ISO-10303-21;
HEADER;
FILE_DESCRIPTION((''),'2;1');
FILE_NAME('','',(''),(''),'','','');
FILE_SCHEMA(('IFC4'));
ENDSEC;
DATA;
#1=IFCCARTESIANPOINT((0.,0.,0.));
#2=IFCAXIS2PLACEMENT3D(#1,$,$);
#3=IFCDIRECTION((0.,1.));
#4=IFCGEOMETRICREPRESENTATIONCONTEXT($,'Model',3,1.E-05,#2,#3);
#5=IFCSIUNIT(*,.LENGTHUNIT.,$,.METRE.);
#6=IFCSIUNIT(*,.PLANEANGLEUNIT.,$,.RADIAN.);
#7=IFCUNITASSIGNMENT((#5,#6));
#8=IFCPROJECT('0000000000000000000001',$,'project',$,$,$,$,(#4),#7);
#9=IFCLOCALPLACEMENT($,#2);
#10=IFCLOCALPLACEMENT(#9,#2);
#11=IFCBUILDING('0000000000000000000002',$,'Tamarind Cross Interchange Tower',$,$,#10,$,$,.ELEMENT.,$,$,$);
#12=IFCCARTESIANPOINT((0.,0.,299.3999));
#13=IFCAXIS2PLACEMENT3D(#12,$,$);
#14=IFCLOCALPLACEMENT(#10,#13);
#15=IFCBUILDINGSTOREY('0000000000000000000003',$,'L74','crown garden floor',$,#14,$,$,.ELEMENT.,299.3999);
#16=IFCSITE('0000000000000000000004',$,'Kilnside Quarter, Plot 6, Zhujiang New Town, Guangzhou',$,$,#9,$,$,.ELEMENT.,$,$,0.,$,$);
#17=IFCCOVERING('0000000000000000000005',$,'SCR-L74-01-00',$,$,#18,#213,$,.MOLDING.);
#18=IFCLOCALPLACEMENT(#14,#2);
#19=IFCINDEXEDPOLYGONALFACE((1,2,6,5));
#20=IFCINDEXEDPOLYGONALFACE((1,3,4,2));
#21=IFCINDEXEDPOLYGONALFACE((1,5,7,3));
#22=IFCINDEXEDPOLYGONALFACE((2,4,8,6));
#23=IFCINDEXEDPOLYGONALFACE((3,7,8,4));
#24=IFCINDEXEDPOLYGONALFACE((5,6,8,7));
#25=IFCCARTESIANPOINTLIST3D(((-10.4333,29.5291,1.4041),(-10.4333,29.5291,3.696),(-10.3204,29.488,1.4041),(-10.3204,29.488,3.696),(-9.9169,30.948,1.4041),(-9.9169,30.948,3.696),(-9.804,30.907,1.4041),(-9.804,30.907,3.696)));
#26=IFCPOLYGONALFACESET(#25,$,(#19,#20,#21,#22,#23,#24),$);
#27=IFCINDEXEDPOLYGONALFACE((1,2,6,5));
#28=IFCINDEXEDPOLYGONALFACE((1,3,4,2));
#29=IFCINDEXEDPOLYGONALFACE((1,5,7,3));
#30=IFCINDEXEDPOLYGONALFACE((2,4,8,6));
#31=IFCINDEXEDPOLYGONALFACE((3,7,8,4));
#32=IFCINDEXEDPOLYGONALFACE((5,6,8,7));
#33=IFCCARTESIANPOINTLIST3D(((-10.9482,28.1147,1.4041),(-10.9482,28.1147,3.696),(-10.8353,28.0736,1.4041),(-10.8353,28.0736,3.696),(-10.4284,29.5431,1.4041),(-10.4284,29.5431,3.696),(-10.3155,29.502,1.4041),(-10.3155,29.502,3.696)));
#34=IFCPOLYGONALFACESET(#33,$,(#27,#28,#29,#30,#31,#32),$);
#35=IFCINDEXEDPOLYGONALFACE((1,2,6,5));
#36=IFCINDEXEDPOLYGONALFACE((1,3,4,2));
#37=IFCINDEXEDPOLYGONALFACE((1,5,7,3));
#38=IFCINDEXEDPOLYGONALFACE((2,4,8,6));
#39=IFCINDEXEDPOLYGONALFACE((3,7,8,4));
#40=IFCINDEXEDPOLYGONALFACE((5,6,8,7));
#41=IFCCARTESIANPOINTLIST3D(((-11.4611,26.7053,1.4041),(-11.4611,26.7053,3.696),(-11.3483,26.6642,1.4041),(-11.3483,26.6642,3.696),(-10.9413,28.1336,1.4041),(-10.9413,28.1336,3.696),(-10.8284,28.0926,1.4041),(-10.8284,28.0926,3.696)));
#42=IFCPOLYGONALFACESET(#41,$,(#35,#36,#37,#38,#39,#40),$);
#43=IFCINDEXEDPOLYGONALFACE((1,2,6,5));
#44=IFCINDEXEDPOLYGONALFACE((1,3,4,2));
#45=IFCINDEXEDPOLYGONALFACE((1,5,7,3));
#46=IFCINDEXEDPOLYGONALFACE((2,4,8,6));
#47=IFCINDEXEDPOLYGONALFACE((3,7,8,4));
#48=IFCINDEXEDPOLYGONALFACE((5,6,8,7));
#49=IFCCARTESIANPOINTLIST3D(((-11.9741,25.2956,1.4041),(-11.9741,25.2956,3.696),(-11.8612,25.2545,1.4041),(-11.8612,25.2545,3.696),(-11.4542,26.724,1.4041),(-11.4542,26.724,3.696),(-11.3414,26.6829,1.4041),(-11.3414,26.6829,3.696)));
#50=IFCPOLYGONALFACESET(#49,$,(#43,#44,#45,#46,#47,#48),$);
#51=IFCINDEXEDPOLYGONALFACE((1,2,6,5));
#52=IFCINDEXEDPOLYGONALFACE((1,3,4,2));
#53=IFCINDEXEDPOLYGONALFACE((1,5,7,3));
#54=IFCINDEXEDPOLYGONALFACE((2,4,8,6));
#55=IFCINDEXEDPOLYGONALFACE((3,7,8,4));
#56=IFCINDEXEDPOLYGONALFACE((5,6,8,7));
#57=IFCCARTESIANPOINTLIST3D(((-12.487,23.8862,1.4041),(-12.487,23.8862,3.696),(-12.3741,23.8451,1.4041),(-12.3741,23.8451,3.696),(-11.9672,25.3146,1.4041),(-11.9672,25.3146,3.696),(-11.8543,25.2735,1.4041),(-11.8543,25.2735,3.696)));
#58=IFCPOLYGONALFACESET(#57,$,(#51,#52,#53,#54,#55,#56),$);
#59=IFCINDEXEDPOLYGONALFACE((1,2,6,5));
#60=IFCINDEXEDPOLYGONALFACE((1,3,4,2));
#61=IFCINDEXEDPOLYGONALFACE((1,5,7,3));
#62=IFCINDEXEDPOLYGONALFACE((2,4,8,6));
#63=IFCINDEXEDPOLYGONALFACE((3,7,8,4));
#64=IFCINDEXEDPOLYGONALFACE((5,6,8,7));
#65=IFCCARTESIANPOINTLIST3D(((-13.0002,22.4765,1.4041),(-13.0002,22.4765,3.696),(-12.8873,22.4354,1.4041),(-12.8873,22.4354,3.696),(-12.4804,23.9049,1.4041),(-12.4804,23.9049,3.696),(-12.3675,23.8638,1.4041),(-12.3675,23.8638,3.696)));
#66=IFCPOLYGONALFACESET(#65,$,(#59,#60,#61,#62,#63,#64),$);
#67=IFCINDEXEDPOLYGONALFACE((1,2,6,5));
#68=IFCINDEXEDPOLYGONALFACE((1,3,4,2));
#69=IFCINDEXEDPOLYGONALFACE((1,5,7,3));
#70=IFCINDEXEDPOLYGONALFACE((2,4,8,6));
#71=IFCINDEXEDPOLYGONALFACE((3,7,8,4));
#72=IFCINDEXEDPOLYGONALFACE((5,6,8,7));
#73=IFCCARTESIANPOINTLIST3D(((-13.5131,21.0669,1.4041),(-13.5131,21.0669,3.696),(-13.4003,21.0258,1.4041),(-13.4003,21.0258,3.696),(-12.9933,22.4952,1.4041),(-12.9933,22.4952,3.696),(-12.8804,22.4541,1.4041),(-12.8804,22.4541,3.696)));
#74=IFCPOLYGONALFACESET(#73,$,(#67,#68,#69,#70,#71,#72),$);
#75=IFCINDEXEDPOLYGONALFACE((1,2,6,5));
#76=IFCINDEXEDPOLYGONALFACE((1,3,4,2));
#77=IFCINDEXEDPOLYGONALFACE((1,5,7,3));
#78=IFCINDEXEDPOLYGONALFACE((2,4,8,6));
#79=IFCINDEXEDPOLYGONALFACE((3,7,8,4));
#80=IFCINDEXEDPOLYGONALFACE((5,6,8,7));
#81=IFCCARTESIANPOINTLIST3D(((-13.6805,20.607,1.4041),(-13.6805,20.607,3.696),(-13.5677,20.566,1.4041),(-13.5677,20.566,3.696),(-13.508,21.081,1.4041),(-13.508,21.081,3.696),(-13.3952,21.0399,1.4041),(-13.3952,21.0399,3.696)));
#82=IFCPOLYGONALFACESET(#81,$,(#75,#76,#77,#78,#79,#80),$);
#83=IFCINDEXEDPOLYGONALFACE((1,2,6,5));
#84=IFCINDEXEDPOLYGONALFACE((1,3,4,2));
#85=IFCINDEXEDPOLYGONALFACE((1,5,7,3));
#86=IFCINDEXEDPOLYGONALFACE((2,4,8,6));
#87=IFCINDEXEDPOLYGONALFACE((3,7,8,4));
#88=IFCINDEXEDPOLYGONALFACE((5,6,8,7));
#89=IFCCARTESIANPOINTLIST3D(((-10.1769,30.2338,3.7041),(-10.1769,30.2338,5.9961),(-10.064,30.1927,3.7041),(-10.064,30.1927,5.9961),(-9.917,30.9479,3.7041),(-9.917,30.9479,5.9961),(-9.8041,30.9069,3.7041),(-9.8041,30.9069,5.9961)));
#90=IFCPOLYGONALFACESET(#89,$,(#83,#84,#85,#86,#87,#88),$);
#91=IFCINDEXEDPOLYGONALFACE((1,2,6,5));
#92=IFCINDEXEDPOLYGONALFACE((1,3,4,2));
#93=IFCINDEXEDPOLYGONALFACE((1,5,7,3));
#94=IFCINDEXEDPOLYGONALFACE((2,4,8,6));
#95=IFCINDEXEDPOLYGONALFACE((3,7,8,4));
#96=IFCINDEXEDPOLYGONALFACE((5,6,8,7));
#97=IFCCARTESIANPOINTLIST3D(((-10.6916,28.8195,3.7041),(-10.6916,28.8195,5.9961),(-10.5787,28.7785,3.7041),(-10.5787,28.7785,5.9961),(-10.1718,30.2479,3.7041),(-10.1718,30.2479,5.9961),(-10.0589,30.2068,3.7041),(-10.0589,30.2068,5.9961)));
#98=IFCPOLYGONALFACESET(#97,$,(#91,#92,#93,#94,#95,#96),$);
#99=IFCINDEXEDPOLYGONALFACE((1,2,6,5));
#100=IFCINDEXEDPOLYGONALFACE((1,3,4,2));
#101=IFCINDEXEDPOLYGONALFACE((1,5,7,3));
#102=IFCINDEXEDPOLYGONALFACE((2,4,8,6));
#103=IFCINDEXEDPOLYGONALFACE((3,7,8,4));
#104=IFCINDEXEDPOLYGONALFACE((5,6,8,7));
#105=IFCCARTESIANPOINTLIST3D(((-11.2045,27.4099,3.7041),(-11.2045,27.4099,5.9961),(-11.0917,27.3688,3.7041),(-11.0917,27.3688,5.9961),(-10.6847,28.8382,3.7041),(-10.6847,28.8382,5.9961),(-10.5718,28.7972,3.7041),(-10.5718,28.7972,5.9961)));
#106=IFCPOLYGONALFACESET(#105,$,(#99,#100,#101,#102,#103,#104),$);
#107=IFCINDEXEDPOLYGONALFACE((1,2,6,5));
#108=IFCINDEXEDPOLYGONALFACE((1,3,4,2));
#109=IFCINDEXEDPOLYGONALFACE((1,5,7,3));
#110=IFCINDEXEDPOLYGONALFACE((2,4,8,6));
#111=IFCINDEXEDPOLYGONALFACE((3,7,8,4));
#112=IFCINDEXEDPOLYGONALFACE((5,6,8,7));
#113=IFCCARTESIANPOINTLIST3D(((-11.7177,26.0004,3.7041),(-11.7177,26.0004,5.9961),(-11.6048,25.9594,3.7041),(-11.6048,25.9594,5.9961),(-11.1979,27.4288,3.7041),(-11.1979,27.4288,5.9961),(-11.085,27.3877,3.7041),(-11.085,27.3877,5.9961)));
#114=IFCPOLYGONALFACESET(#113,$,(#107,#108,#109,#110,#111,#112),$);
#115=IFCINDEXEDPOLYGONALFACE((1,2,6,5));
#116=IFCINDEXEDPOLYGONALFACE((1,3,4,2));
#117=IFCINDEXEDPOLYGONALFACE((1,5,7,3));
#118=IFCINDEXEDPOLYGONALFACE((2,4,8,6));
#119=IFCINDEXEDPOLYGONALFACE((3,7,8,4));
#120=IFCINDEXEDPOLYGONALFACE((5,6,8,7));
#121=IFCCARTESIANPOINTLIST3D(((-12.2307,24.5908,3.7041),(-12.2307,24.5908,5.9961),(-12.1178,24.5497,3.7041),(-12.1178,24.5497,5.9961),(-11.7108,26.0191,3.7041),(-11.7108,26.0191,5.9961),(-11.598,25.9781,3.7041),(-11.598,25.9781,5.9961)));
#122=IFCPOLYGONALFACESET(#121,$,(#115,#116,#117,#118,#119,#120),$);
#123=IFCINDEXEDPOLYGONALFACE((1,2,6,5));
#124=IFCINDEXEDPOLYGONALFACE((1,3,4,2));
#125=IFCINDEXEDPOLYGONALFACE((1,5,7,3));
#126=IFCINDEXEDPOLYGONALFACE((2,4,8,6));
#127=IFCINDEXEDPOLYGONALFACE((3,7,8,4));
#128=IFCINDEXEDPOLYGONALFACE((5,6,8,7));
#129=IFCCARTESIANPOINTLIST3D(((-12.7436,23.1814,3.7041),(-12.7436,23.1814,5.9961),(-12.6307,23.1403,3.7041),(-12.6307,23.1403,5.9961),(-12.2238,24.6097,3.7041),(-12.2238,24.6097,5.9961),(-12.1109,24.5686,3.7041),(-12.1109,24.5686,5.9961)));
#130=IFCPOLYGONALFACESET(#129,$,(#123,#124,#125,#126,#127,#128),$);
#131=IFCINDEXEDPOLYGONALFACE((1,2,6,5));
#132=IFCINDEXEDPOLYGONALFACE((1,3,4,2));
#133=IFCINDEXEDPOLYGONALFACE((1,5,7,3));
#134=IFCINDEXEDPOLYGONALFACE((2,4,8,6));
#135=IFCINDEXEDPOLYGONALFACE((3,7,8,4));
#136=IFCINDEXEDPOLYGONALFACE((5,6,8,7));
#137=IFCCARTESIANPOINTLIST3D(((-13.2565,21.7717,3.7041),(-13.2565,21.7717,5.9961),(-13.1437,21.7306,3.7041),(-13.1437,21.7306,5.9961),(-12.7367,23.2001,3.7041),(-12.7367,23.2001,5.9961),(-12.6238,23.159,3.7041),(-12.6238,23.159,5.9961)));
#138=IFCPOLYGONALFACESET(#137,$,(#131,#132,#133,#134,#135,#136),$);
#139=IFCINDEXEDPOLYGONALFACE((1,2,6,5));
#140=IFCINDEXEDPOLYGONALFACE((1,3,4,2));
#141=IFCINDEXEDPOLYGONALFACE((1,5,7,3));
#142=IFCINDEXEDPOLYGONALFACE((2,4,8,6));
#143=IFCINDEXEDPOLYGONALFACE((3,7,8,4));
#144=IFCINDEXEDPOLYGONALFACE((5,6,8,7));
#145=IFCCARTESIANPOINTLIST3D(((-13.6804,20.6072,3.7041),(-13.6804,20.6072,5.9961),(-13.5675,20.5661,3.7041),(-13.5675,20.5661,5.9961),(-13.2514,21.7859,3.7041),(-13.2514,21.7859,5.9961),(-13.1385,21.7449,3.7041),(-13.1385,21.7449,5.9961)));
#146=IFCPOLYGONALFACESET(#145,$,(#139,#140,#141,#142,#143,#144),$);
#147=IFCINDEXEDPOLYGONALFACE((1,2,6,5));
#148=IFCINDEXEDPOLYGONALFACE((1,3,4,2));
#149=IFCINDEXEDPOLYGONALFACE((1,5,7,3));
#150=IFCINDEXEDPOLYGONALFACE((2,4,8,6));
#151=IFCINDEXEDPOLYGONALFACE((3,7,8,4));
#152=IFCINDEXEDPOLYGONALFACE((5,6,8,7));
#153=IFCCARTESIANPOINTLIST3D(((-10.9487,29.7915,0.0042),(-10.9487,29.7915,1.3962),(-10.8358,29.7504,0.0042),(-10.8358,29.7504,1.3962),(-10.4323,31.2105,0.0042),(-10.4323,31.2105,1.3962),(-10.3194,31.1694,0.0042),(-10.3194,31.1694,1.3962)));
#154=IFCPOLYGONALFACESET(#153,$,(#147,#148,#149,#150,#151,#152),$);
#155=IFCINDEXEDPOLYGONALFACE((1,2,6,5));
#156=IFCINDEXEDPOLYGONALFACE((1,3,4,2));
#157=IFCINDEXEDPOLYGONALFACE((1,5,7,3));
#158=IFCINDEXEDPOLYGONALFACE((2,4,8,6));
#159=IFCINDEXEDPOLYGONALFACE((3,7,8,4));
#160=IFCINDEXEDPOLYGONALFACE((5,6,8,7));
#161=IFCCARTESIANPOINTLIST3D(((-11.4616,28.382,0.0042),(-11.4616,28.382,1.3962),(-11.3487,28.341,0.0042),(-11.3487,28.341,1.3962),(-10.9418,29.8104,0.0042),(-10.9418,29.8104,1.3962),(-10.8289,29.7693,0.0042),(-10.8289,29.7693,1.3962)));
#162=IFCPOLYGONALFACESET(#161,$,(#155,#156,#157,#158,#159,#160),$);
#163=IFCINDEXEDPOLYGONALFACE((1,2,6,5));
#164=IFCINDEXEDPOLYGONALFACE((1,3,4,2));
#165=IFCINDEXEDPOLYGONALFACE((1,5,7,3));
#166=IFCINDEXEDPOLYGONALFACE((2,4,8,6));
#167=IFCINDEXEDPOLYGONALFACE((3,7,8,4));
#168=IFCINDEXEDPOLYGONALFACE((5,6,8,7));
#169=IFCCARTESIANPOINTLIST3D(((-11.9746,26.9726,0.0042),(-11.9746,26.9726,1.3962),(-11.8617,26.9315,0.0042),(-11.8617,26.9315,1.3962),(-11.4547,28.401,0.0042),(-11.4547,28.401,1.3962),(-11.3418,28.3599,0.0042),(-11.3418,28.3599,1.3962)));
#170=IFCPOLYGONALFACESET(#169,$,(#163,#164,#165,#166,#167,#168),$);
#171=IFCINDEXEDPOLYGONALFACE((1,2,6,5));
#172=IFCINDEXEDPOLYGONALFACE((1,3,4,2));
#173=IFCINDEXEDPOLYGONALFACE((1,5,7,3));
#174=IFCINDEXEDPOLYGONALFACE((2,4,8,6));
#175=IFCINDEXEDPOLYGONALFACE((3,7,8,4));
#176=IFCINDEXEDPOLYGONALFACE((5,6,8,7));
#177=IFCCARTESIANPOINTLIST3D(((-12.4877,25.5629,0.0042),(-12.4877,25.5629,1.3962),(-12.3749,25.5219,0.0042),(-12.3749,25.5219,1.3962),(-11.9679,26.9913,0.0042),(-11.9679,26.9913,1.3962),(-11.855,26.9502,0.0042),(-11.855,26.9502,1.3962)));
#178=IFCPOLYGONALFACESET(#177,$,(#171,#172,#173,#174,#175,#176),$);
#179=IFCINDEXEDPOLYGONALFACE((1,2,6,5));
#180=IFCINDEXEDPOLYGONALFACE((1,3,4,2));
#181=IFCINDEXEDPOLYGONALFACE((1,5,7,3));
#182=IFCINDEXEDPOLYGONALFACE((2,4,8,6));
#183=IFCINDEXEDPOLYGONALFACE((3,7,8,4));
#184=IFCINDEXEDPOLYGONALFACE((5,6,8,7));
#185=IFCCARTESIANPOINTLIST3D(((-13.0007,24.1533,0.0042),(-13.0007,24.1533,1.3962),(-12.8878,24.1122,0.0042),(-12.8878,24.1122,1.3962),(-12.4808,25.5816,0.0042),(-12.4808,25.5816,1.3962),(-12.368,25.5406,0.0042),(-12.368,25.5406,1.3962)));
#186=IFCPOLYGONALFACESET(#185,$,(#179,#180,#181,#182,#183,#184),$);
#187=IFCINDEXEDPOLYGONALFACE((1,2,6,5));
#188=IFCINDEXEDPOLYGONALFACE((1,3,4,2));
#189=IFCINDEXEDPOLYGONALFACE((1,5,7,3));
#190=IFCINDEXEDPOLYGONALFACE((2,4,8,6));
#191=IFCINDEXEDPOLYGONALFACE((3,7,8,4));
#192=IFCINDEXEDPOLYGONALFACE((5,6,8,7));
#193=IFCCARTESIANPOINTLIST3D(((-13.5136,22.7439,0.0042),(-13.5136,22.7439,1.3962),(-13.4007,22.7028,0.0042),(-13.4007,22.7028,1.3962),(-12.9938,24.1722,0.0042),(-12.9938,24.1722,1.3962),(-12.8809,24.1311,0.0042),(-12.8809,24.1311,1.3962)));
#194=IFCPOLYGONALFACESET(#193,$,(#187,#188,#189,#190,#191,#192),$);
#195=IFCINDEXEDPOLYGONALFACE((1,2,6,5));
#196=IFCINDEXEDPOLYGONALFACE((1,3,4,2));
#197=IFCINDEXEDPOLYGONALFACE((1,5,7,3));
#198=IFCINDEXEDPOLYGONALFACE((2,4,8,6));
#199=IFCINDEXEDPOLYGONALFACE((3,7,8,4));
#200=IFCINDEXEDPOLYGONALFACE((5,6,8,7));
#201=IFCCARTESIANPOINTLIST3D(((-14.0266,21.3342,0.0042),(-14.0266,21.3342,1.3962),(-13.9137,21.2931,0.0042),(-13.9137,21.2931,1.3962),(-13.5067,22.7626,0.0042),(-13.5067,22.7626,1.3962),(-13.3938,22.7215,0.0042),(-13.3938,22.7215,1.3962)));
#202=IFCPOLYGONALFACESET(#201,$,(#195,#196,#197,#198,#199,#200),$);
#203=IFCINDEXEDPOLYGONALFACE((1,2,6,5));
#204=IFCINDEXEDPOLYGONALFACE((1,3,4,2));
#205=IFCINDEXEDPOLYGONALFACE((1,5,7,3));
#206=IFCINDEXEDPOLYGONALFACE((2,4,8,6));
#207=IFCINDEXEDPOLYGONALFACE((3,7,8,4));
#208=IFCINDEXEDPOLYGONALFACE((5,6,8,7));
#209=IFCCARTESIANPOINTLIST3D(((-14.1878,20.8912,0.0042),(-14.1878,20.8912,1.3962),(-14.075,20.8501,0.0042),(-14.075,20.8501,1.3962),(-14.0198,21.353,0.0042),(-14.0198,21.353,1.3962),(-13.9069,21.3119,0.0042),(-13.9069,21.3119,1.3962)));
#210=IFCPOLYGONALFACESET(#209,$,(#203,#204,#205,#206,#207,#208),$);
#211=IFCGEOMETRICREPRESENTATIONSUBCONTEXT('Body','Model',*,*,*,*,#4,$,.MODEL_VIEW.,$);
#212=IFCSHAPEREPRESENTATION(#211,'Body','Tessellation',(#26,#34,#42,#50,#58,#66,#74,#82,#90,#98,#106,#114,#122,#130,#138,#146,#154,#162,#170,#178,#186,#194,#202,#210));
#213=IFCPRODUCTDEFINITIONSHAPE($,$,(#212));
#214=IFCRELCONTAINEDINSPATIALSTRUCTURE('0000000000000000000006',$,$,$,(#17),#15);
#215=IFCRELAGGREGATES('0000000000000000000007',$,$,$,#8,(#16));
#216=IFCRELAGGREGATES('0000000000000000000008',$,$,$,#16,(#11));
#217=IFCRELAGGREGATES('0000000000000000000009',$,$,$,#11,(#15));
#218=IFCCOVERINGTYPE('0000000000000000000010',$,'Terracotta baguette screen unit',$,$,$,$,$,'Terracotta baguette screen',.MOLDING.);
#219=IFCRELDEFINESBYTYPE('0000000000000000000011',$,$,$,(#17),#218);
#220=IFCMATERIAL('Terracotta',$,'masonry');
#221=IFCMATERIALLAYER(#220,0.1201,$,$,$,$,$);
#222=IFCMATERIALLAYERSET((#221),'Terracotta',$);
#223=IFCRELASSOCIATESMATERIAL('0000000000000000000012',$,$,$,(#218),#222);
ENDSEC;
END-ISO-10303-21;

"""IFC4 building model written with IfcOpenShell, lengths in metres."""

from ifc_helpers import new_model, si_unit, direction, frame, origin, origin_2d, place, context, subcontext, project, spatial, rectangle, extrude, material, layer, layer_set, type_object, element, save


model = new_model("IFC4")

# Units and contexts
model_context = context("Model", 3, precision=1e-05, world=origin(), true_north=direction((0.0, 1.0)))
body_context = subcontext(model_context, "Body", "Model", "MODEL_VIEW")
ifc_project = project(units=[si_unit("LENGTHUNIT", "METRE"), si_unit("PLANEANGLEUNIT", "RADIAN")], contexts=[model_context])

# Site, building, storey
site_placement = place(None, origin())
site = spatial("IfcSite", under=ifc_project, at=site_placement, Name="Kilnside Quarter, Plot 6, Zhujiang New Town, Guangzhou", CompositionType="ELEMENT", RefElevation=0.0)
building_placement = place(site_placement, origin())
building = spatial("IfcBuilding", under=site, at=building_placement, Name="Tamarind Cross Interchange Tower", CompositionType="ELEMENT")
storey_placement = place(building_placement, frame((0.0, 0.0, 299.3999)))
storey = spatial("IfcBuildingStorey", under=building, at=storey_placement, Name="L74", Description="crown garden floor", CompositionType="ELEMENT", Elevation=299.3999)

# Covering
ifc_material_1 = material(Name="Terracotta", Category="masonry")
ifc_layer_1 = layer(ifc_material_1, 0.1201)
ifc_layer_set_1 = layer_set([ifc_layer_1], Name="Terracotta")
covering_type = type_object("IfcCoveringType", Name="Terracotta baguette screen unit", ElementType="Terracotta baguette screen", PredefinedType="MOLDING", material=ifc_layer_set_1)
covering_1_placement = place(storey_placement, origin())
element("IfcCovering", 1, at=covering_1_placement, inside=storey, type_object=covering_type, Name="SCR-L74-01-00", PredefinedType="MOLDING", context=body_context, shape_type="SweptSolid", body=[
    extrude(rectangle(XDim=1.51, YDim=0.1201, at=origin_2d()), frame((-10.1187, 30.218, 1.4041), z_axis=(0.0, 0.0, 1.0), x_axis=(-0.341994, -0.939702, 0.0)), (0.0, 0.0, 1.0), 2.292),
    extrude(rectangle(XDim=1.52, YDim=0.1201, at=origin_2d()), frame((-10.6318, 28.8083, 1.4041), z_axis=(0.0, 0.0, 1.0), x_axis=(-0.341994, -0.939702, 0.0)), (0.0, 0.0, 1.0), 2.292),
    extrude(rectangle(XDim=1.52, YDim=0.1201, at=origin_2d()), frame((-11.1448, 27.3989, 1.4041), z_axis=(0.0, 0.0, 1.0), x_axis=(-0.341994, -0.939702, 0.0)), (0.0, 0.0, 1.0), 2.292),
    extrude(rectangle(XDim=1.52, YDim=0.1201, at=origin_2d()), frame((-11.6577, 25.9893, 1.4041), z_axis=(0.0, 0.0, 1.0), x_axis=(-0.341994, -0.939702, 0.0)), (0.0, 0.0, 1.0), 2.292),
    extrude(rectangle(XDim=1.52, YDim=0.1201, at=origin_2d()), frame((-12.1707, 24.5798, 1.4041), z_axis=(0.0, 0.0, 1.0), x_axis=(-0.341994, -0.939702, 0.0)), (0.0, 0.0, 1.0), 2.292),
    extrude(rectangle(XDim=1.52, YDim=0.1201, at=origin_2d()), frame((-12.6838, 23.1702, 1.4041), z_axis=(0.0, 0.0, 1.0), x_axis=(-0.341994, -0.939702, 0.0)), (0.0, 0.0, 1.0), 2.292),
    extrude(rectangle(XDim=1.52, YDim=0.1201, at=origin_2d()), frame((-13.1968, 21.7605, 1.4041), z_axis=(0.0, 0.0, 1.0), x_axis=(-0.341994, -0.939702, 0.0)), (0.0, 0.0, 1.0), 2.292),
    extrude(rectangle(XDim=0.5044, YDim=0.1201, at=origin_2d()), frame((-13.5378, 20.8235, 1.4041), z_axis=(0.0, 0.0, 1.0), x_axis=(-0.341994, -0.939702, 0.0)), (0.0, 0.0, 1.0), 2.292),
    extrude(rectangle(XDim=0.76, YDim=0.1201, at=origin_2d()), frame((-9.9905, 30.5703, 3.7041), z_axis=(0.0, 0.0, 1.0), x_axis=(-0.341994, -0.939702, 0.0)), (0.0, 0.0, 1.0), 2.292),
    extrude(rectangle(XDim=1.52, YDim=0.1201, at=origin_2d()), frame((-10.3752, 29.5132, 3.7041), z_axis=(0.0, 0.0, 1.0), x_axis=(-0.341994, -0.939702, 0.0)), (0.0, 0.0, 1.0), 2.292),
    extrude(rectangle(XDim=1.52, YDim=0.1201, at=origin_2d()), frame((-10.8882, 28.1035, 3.7041), z_axis=(0.0, 0.0, 1.0), x_axis=(-0.341994, -0.939702, 0.0)), (0.0, 0.0, 1.0), 2.292),
    extrude(rectangle(XDim=1.52, YDim=0.1201, at=origin_2d()), frame((-11.4014, 26.6941, 3.7041), z_axis=(0.0, 0.0, 1.0), x_axis=(-0.341994, -0.939702, 0.0)), (0.0, 0.0, 1.0), 2.292),
    extrude(rectangle(XDim=1.52, YDim=0.1201, at=origin_2d()), frame((-11.9143, 25.2844, 3.7041), z_axis=(0.0, 0.0, 1.0), x_axis=(-0.341994, -0.939702, 0.0)), (0.0, 0.0, 1.0), 2.292),
    extrude(rectangle(XDim=1.52, YDim=0.1201, at=origin_2d()), frame((-12.4272, 23.875, 3.7041), z_axis=(0.0, 0.0, 1.0), x_axis=(-0.341994, -0.939702, 0.0)), (0.0, 0.0, 1.0), 2.292),
    extrude(rectangle(XDim=1.52, YDim=0.1201, at=origin_2d()), frame((-12.9402, 22.4653, 3.7041), z_axis=(0.0, 0.0, 1.0), x_axis=(-0.341994, -0.939702, 0.0)), (0.0, 0.0, 1.0), 2.292),
    extrude(rectangle(XDim=1.2544, YDim=0.1201, at=origin_2d()), frame((-13.4094, 21.176, 3.7041), z_axis=(0.0, 0.0, 1.0), x_axis=(-0.341994, -0.939702, 0.0)), (0.0, 0.0, 1.0), 2.292),
    extrude(rectangle(XDim=1.51, YDim=0.1201, at=origin_2d()), frame((-10.634, 30.4805, 0.0042), z_axis=(0.0, 0.0, 1.0), x_axis=(-0.341994, -0.939702, 0.0)), (0.0, 0.0, 1.0), 1.3921),
    extrude(rectangle(XDim=1.52, YDim=0.1201, at=origin_2d()), frame((-11.1453, 29.0757, 0.0042), z_axis=(0.0, 0.0, 1.0), x_axis=(-0.341994, -0.939702, 0.0)), (0.0, 0.0, 1.0), 1.3921),
    extrude(rectangle(XDim=1.52, YDim=0.1201, at=origin_2d()), frame((-11.6582, 27.6663, 0.0042), z_axis=(0.0, 0.0, 1.0), x_axis=(-0.341994, -0.939702, 0.0)), (0.0, 0.0, 1.0), 1.3921),
    extrude(rectangle(XDim=1.52, YDim=0.1201, at=origin_2d()), frame((-12.1714, 26.2566, 0.0042), z_axis=(0.0, 0.0, 1.0), x_axis=(-0.341994, -0.939702, 0.0)), (0.0, 0.0, 1.0), 1.3921),
    extrude(rectangle(XDim=1.52, YDim=0.1201, at=origin_2d()), frame((-12.6843, 24.8469, 0.0042), z_axis=(0.0, 0.0, 1.0), x_axis=(-0.341994, -0.939702, 0.0)), (0.0, 0.0, 1.0), 1.3921),
    extrude(rectangle(XDim=1.52, YDim=0.1201, at=origin_2d()), frame((-13.1973, 23.4375, 0.0042), z_axis=(0.0, 0.0, 1.0), x_axis=(-0.341994, -0.939702, 0.0)), (0.0, 0.0, 1.0), 1.3921),
    extrude(rectangle(XDim=1.52, YDim=0.1201, at=origin_2d()), frame((-13.7102, 22.0278, 0.0042), z_axis=(0.0, 0.0, 1.0), x_axis=(-0.341994, -0.939702, 0.0)), (0.0, 0.0, 1.0), 1.3921),
    extrude(rectangle(XDim=0.4915, YDim=0.1201, at=origin_2d()), frame((-14.0474, 21.1016, 0.0042), z_axis=(0.0, 0.0, 1.0), x_axis=(-0.341994, -0.939702, 0.0)), (0.0, 0.0, 1.0), 1.3921),
])

save(model, "model.ifc")
